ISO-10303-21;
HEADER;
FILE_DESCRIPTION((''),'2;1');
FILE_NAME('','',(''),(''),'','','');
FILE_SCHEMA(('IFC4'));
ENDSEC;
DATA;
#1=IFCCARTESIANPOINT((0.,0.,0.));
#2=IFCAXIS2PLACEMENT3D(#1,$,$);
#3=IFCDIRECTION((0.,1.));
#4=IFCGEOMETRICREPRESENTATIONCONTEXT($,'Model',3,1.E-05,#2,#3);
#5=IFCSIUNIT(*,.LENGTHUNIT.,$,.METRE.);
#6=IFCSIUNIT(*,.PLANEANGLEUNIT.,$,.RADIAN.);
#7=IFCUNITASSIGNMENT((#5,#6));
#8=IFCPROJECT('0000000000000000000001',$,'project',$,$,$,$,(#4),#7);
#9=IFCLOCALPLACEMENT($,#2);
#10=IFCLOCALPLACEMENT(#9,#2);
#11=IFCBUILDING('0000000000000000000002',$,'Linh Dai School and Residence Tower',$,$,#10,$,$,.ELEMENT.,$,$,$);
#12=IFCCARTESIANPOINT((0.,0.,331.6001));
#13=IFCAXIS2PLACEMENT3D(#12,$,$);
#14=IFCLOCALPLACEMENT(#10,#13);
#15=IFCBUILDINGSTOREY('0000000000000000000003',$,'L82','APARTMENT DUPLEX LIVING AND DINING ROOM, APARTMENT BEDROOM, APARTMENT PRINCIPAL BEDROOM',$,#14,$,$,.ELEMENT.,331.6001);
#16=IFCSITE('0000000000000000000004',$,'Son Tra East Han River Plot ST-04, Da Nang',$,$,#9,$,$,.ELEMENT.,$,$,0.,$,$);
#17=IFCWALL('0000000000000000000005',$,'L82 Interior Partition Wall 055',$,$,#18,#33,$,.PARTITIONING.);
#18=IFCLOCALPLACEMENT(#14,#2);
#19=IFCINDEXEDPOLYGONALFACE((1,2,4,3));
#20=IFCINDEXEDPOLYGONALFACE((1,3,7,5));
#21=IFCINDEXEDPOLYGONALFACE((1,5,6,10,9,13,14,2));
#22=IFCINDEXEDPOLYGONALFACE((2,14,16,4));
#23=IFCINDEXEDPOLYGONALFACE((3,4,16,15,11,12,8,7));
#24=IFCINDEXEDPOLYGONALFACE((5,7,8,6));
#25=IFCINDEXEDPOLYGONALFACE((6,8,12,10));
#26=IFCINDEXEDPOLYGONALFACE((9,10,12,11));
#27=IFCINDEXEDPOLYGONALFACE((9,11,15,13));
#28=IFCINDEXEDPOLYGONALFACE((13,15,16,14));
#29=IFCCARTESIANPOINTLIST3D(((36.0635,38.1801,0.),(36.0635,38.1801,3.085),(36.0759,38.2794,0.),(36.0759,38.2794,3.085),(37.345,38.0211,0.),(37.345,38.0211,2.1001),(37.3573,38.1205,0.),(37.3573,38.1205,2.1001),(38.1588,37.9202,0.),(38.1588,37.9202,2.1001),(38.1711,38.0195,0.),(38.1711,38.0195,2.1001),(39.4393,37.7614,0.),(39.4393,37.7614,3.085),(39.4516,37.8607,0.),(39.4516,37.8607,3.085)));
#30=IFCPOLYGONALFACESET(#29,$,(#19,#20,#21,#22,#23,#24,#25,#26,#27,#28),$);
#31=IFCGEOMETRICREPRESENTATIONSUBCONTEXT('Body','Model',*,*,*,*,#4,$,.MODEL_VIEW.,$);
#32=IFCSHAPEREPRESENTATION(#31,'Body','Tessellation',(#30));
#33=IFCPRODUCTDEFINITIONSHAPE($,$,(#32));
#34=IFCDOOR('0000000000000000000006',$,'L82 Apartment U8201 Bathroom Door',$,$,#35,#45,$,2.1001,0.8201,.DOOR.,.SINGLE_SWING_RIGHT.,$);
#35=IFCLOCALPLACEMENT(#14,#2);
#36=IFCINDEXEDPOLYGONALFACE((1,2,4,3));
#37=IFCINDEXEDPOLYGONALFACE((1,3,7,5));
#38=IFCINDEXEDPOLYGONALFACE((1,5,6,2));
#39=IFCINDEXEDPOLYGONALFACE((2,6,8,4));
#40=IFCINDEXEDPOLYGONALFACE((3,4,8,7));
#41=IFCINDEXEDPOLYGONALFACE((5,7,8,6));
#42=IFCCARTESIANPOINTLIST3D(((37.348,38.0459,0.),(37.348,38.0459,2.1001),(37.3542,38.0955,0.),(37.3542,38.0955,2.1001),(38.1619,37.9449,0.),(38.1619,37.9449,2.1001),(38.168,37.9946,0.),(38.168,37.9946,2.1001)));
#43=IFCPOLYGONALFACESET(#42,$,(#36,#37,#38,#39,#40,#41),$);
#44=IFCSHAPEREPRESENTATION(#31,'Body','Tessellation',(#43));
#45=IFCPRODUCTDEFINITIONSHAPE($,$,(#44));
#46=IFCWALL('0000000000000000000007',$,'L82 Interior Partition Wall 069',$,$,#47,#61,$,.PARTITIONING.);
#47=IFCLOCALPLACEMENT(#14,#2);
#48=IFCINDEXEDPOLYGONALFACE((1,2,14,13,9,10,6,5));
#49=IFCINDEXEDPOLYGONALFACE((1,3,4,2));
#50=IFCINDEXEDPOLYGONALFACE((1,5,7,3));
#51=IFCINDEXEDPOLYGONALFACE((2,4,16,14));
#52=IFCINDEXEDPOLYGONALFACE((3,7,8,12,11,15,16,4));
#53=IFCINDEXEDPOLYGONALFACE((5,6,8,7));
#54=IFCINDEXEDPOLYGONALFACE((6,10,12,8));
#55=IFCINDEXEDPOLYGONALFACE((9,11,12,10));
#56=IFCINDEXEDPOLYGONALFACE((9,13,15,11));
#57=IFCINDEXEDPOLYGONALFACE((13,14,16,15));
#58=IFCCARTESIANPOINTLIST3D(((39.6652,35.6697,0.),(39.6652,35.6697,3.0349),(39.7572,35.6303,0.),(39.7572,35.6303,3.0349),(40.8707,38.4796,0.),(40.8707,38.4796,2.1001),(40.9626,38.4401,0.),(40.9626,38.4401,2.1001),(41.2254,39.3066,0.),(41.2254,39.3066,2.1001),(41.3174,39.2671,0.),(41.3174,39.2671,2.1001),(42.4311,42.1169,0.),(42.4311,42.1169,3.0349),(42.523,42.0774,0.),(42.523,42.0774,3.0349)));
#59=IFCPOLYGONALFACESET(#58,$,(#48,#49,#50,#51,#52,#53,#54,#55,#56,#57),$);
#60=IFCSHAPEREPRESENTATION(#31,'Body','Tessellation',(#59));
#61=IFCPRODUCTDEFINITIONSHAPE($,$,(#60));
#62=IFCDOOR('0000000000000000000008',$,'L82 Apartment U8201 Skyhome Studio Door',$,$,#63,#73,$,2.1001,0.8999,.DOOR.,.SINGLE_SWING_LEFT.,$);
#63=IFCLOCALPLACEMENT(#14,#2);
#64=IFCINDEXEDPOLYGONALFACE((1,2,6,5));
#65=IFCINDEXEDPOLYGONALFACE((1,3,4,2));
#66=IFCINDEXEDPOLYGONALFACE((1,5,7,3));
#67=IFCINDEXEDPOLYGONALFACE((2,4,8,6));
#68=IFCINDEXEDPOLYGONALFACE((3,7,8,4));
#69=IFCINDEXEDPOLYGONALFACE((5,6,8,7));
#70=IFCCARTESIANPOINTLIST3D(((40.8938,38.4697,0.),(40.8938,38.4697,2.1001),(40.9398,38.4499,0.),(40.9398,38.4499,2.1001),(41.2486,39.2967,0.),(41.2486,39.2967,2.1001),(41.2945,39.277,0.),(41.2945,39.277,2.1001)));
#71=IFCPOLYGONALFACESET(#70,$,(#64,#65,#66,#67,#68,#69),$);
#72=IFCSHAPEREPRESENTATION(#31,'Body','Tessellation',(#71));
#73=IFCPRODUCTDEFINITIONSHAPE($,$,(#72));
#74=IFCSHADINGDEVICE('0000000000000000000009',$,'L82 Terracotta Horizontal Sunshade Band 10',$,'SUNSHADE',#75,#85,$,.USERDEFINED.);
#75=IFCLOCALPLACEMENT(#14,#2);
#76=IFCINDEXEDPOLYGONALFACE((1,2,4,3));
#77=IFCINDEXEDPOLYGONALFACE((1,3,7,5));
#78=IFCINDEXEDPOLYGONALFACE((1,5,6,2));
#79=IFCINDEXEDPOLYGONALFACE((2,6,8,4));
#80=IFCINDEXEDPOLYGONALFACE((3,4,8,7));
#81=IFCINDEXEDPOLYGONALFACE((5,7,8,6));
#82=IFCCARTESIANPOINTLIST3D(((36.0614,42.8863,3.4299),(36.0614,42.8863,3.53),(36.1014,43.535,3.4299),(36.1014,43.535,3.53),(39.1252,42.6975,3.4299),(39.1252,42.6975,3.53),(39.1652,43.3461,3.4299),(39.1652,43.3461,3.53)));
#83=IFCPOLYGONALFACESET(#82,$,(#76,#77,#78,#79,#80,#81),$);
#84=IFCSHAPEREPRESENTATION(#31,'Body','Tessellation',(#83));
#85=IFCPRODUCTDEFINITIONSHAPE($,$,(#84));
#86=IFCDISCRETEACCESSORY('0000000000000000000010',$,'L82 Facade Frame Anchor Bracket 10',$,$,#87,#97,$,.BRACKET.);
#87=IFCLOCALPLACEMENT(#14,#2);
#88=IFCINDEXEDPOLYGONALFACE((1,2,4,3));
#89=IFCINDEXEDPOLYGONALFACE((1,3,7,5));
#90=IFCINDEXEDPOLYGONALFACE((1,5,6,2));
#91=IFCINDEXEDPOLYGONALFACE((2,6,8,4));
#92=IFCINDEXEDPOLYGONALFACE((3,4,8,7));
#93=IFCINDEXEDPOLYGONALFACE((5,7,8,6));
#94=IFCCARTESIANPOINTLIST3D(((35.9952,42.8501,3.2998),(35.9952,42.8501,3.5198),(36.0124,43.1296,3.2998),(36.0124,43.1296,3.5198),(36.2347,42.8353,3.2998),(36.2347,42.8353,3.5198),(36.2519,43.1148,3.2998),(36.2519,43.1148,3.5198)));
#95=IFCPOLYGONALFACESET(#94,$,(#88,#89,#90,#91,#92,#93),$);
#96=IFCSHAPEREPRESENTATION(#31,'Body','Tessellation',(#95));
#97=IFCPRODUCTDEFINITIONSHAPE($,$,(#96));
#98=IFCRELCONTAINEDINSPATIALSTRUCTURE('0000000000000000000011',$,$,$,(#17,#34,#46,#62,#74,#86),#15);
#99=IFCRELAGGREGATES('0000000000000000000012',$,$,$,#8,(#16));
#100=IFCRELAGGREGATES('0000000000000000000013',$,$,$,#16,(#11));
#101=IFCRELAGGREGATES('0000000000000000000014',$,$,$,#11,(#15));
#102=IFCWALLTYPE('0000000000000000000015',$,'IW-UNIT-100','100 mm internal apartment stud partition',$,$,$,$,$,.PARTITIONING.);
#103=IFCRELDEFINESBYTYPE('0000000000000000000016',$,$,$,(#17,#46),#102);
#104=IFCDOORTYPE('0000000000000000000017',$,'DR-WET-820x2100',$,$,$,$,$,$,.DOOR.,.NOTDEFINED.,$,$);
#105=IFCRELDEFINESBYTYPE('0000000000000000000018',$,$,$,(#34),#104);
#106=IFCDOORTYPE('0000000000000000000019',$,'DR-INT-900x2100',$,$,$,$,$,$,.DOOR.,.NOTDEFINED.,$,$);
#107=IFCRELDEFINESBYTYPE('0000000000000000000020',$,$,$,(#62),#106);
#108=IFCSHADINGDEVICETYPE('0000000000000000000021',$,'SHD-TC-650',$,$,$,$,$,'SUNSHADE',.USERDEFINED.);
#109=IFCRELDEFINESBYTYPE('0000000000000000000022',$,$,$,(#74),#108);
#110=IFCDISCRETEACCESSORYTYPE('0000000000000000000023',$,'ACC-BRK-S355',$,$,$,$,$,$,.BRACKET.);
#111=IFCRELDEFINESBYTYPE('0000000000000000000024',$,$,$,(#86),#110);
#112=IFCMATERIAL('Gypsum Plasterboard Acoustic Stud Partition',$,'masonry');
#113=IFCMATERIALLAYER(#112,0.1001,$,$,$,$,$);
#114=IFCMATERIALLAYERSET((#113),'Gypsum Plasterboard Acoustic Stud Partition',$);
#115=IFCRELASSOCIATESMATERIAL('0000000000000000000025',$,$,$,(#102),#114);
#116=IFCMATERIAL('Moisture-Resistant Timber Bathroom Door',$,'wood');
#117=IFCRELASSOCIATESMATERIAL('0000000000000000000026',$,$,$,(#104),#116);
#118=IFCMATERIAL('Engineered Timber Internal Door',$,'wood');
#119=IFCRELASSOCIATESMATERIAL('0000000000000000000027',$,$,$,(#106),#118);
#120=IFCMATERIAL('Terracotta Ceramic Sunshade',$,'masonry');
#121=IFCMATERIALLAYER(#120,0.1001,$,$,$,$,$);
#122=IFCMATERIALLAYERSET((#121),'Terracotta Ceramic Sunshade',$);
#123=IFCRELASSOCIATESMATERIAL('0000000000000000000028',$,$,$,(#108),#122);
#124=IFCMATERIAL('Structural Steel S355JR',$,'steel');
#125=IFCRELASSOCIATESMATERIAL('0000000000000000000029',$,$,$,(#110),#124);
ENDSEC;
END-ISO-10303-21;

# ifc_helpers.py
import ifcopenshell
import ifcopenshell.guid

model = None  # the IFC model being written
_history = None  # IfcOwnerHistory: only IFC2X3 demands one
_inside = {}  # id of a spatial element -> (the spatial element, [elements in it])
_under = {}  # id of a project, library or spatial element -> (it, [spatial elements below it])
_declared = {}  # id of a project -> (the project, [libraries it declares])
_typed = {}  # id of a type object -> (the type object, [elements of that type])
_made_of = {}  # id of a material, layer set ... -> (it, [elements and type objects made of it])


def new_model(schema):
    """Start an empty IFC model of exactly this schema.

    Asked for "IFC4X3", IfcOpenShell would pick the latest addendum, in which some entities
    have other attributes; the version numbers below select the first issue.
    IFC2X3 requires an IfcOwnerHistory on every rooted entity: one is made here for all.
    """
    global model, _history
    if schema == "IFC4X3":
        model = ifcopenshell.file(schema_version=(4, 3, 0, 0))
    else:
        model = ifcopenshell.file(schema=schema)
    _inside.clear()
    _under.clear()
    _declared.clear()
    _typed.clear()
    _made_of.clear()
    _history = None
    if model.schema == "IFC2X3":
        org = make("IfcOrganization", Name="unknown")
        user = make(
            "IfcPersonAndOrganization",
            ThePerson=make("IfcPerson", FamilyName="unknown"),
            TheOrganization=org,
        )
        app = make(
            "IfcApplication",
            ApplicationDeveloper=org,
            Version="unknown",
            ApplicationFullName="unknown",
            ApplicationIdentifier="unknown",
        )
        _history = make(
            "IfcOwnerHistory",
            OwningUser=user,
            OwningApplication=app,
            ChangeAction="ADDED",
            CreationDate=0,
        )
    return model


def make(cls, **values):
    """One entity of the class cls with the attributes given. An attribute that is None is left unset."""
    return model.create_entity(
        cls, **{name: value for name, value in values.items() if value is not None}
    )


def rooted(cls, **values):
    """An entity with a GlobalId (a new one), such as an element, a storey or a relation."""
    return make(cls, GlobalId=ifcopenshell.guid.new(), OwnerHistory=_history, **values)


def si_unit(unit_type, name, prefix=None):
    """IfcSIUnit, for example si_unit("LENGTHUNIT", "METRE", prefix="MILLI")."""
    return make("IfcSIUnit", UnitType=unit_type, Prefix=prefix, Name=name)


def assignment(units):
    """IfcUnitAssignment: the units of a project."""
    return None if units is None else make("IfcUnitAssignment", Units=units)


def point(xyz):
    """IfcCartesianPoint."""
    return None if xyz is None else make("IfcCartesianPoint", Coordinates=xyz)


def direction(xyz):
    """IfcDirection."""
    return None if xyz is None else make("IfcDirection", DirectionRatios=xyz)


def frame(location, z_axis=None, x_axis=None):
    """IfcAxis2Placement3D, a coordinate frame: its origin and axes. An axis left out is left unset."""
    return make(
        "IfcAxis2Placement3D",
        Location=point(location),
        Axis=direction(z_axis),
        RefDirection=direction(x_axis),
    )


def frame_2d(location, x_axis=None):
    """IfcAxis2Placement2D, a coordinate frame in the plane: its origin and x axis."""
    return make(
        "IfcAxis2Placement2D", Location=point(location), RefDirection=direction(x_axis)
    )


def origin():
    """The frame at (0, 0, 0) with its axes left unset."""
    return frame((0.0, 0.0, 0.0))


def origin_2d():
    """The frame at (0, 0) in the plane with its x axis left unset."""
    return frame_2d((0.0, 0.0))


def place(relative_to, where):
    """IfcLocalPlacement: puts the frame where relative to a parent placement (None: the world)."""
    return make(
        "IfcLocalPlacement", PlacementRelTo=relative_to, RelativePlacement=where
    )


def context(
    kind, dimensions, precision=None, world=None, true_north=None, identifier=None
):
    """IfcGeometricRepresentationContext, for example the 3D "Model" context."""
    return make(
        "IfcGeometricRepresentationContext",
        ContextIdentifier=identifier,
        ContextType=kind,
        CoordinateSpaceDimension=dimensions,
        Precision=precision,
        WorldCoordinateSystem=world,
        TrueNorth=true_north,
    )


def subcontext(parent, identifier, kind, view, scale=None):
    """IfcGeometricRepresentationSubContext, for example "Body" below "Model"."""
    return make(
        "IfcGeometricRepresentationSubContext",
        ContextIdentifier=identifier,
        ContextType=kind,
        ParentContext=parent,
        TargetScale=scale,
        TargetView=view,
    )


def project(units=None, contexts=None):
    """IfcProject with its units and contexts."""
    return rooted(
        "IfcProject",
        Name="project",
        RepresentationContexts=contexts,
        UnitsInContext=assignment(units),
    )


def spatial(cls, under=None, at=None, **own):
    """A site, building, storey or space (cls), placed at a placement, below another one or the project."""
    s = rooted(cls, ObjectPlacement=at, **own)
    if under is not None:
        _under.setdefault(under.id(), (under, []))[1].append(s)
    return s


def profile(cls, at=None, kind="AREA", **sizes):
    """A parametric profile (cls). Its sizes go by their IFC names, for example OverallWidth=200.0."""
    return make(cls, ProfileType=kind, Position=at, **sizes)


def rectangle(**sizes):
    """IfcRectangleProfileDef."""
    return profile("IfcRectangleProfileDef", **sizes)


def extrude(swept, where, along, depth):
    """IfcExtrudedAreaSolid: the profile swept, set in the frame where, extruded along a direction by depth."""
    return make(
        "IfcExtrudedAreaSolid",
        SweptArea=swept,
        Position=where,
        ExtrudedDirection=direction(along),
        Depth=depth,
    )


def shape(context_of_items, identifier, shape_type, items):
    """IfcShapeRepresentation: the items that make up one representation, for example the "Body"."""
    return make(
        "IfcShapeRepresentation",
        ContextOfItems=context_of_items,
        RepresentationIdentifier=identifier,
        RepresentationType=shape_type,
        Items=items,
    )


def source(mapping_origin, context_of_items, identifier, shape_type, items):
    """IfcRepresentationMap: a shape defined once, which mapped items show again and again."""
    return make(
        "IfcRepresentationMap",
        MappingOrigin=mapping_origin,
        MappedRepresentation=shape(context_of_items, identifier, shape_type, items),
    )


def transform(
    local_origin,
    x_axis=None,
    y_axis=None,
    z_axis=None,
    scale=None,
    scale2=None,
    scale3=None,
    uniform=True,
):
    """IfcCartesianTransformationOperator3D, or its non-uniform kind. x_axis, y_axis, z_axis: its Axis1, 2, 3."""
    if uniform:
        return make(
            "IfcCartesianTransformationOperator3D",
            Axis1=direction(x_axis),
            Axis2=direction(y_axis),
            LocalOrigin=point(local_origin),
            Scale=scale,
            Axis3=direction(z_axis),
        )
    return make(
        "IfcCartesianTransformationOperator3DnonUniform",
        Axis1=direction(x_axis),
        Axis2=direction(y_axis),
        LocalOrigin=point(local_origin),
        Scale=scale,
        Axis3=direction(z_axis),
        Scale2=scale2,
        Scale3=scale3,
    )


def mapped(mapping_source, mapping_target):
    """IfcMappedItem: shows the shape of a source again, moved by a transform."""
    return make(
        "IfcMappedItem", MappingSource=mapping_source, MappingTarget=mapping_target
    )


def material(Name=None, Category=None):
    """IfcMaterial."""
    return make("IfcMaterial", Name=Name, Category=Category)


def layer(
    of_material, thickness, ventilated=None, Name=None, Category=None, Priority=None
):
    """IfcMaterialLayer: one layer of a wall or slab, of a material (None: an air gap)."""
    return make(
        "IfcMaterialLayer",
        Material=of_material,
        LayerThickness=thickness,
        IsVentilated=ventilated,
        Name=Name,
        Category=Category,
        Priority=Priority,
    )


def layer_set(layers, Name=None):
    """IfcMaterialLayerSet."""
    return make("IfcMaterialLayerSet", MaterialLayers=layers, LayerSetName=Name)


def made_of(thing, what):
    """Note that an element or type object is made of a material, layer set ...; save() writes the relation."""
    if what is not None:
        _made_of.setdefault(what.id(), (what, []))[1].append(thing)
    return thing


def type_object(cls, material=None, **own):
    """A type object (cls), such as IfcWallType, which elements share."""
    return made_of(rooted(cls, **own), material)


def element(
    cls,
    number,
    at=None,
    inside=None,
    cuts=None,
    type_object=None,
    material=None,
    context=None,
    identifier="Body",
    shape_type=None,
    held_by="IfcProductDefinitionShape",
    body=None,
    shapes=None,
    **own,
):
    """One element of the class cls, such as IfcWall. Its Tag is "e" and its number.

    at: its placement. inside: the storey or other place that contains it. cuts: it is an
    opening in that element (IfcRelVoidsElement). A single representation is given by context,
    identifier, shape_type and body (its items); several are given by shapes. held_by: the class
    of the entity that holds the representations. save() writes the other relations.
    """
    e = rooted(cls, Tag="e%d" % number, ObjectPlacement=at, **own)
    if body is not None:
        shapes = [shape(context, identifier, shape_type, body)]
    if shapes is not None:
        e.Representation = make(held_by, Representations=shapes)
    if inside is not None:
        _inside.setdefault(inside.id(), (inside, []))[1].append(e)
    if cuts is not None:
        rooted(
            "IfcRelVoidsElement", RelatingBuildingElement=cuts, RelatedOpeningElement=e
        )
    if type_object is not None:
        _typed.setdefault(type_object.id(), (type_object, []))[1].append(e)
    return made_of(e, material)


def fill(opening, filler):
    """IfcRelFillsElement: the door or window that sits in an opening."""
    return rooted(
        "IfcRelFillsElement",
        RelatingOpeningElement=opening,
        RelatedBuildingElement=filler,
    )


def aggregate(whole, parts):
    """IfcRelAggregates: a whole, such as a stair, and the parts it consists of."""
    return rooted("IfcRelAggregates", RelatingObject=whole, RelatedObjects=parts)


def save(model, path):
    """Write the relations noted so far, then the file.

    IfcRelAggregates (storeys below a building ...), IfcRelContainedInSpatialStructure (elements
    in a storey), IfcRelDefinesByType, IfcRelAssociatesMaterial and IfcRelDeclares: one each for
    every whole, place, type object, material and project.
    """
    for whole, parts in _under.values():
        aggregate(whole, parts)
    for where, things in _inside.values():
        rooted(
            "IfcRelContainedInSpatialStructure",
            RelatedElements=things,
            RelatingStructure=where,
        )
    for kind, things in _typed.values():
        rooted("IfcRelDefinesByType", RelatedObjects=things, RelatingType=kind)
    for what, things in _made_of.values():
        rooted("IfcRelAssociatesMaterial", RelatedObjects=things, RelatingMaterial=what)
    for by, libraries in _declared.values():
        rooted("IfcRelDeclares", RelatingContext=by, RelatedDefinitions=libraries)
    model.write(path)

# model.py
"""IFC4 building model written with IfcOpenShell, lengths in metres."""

from ifc_helpers import new_model, si_unit, direction, frame, frame_2d, origin, origin_2d, place, context, subcontext, project, spatial, rectangle, extrude, source, transform, mapped, material, layer, layer_set, type_object, element, fill, save


model = new_model("IFC4")

# Units and contexts
model_context = context("Model", 3, precision=1e-05, world=origin(), true_north=direction((0.0, 1.0)))
body_context = subcontext(model_context, "Body", "Model", "MODEL_VIEW")
ifc_project = project(units=[si_unit("LENGTHUNIT", "METRE"), si_unit("PLANEANGLEUNIT", "RADIAN")], contexts=[model_context])

# Site, building, storey
site_placement = place(None, origin())
site = spatial("IfcSite", under=ifc_project, at=site_placement, Name="Son Tra East Han River Plot ST-04, Da Nang", CompositionType="ELEMENT", RefElevation=0.0)
building_placement = place(site_placement, origin())
building = spatial("IfcBuilding", under=site, at=building_placement, Name="Linh Dai School and Residence Tower", CompositionType="ELEMENT")
storey_placement = place(building_placement, frame((0.0, 0.0, 331.6001)))
storey = spatial("IfcBuildingStorey", under=building, at=storey_placement, Name="L82", Description="APARTMENT DUPLEX LIVING AND DINING ROOM, APARTMENT BEDROOM, APARTMENT PRINCIPAL BEDROOM", CompositionType="ELEMENT", Elevation=331.6001)

# Shared definitions
ifc_material_1 = material(Name="Structural Steel S355JR", Category="steel")

# Walls, openings, doors
ifc_material_2 = material(Name="Gypsum Plasterboard Acoustic Stud Partition", Category="masonry")
ifc_layer_1 = layer(ifc_material_2, 0.1001)
ifc_layer_set_1 = layer_set([ifc_layer_1], Name="Gypsum Plasterboard Acoustic Stud Partition")
wall_type_1 = type_object("IfcWallType", Name="IW-UNIT-100", Description="100 mm internal apartment stud partition", PredefinedType="PARTITIONING", material=ifc_layer_set_1)
wall_1_placement = place(storey_placement, frame((36.0698, 38.2297, 0.0), z_axis=(0.0, 0.0, 1.0), x_axis=(0.992396, -0.123089, 0.0)))
wall_1 = element("IfcWall", 1, at=wall_1_placement, inside=storey, type_object=wall_type_1, Name="L82 Interior Partition Wall 055", PredefinedType="PARTITIONING", context=body_context, shape_type="SweptSolid", body=[
    extrude(rectangle(XDim=3.4016, YDim=0.1001, at=frame_2d((1.7007, 0.0))), origin(), (0.0, 0.0, 1.0), 3.085),
])
opening_1_placement = place(wall_1_placement, frame((1.291, 0.0, 0.0)))
opening_1 = element("IfcOpeningElement", 2, at=opening_1_placement, cuts=wall_1, PredefinedType="OPENING", context=body_context, shape_type="SweptSolid", body=[
    extrude(rectangle(XDim=0.8201, YDim=2.1001, at=origin_2d()), frame((0.4102, 0.0601, 1.05), z_axis=(0.0, -1.0, 0.0), x_axis=(1.0, 0.0, 0.0)), (0.0, 0.0, 1.0), 0.1201),
])
ifc_material_3 = material(Name="Moisture-Resistant Timber Bathroom Door", Category="wood")
door_type_1 = type_object("IfcDoorType", Name="DR-WET-820x2100", OperationType="NOTDEFINED", PredefinedType="DOOR", material=ifc_material_3)
shared_shape_1 = source(origin(), body_context, "Body", "SweptSolid", [
    extrude(rectangle(XDim=0.8201, YDim=2.1001, at=origin_2d()), frame((0.4102, 0.0249, 1.05), z_axis=(0.0, -1.0, 0.0), x_axis=(1.0, 0.0, 0.0)), (0.0, 0.0, 1.0), 0.05),
])
door_1_placement = place(opening_1_placement, origin())
door_1 = element("IfcDoor", 3, at=door_1_placement, inside=storey, type_object=door_type_1, Name="L82 Apartment U8201 Bathroom Door", OperationType="SINGLE_SWING_RIGHT", OverallHeight=2.1001, OverallWidth=0.8201, PredefinedType="DOOR", context=body_context, shape_type="MappedRepresentation", body=[
    mapped(shared_shape_1, transform((0.0, 0.0, 0.0), x_axis=(1.0, 0.0, 0.0), y_axis=(0.0, 1.0, 0.0), z_axis=(0.0, 0.0, 1.0), scale=1.0)),
])
fill(opening_1, door_1)
wall_2_placement = place(storey_placement, frame((39.7112, 35.6499, 0.0), z_axis=(0.0, 0.0, 1.0), x_axis=(0.394251, 0.919003, 0.0)))
wall_2 = element("IfcWall", 4, at=wall_2_placement, inside=storey, type_object=wall_type_1, Name="L82 Interior Partition Wall 069", PredefinedType="PARTITIONING", context=body_context, shape_type="SweptSolid", body=[
    extrude(rectangle(XDim=7.0154, YDim=0.1001, at=frame_2d((3.5078, 0.0))), origin(), (0.0, 0.0, 1.0), 3.0349),
])
opening_2_placement = place(wall_2_placement, frame((3.0576, 0.0, 0.0)))
opening_2 = element("IfcOpeningElement", 5, at=opening_2_placement, cuts=wall_2, PredefinedType="OPENING", context=body_context, shape_type="SweptSolid", body=[
    extrude(rectangle(XDim=0.8999, YDim=2.1001, at=origin_2d()), frame((0.45, 0.0601, 1.05), z_axis=(0.0, -1.0, 0.0), x_axis=(1.0, 0.0, 0.0)), (0.0, 0.0, 1.0), 0.1201),
])
ifc_material_4 = material(Name="Engineered Timber Internal Door", Category="wood")
door_type_2 = type_object("IfcDoorType", Name="DR-INT-900x2100", OperationType="NOTDEFINED", PredefinedType="DOOR", material=ifc_material_4)
shared_shape_2 = source(origin(), body_context, "Body", "SweptSolid", [
    extrude(rectangle(XDim=0.8999, YDim=2.1001, at=origin_2d()), frame((0.45, 0.0249, 1.05), z_axis=(0.0, -1.0, 0.0), x_axis=(1.0, 0.0, 0.0)), (0.0, 0.0, 1.0), 0.05),
])
door_2_placement = place(opening_2_placement, origin())
door_2 = element("IfcDoor", 6, at=door_2_placement, inside=storey, type_object=door_type_2, Name="L82 Apartment U8201 Skyhome Studio Door", OperationType="SINGLE_SWING_LEFT", OverallHeight=2.1001, OverallWidth=0.8999, PredefinedType="DOOR", context=body_context, shape_type="MappedRepresentation", body=[
    mapped(shared_shape_2, transform((0.0, 0.0, 0.0), x_axis=(1.0, 0.0, 0.0), y_axis=(0.0, 1.0, 0.0), z_axis=(0.0, 0.0, 1.0), scale=1.0)),
])
fill(opening_2, door_2)

# Shading device
ifc_material_5 = material(Name="Terracotta Ceramic Sunshade", Category="masonry")
ifc_layer_2 = layer(ifc_material_5, 0.1001)
ifc_layer_set_2 = layer_set([ifc_layer_2], Name="Terracotta Ceramic Sunshade")
shading_device_type = type_object("IfcShadingDeviceType", Name="SHD-TC-650", ElementType="SUNSHADE", PredefinedType="USERDEFINED", material=ifc_layer_set_2)
shared_shape_3 = source(origin(), body_context, "Body", "SweptSolid", [
    extrude(rectangle(XDim=3.0696, YDim=0.6499, at=origin_2d()), origin(), (0.0, 0.0, 1.0), 0.1001),
])
shading_device_placement = place(storey_placement, frame((37.6133, 43.1162, 3.4299), z_axis=(0.0, 0.0, 1.0), x_axis=(0.998106, -0.061518, 0.0)))
element("IfcShadingDevice", 7, at=shading_device_placement, inside=storey, type_object=shading_device_type, Name="L82 Terracotta Horizontal Sunshade Band 10", ObjectType="SUNSHADE", PredefinedType="USERDEFINED", context=body_context, shape_type="MappedRepresentation", body=[
    mapped(shared_shape_3, transform((0.0, 0.0, 0.0), x_axis=(1.0, 0.0, 0.0), y_axis=(0.0, 1.0, 0.0), z_axis=(0.0, 0.0, 1.0), scale=1.0)),
])

# Discrete accessory
discrete_accessory_type = type_object("IfcDiscreteAccessoryType", Name="ACC-BRK-S355", PredefinedType="BRACKET", material=ifc_material_1)
shared_shape_4 = source(origin(), body_context, "Body", "SweptSolid", [
    extrude(rectangle(XDim=0.28, YDim=0.24, at=origin_2d()), origin(), (0.0, 0.0, 1.0), 0.22),
])
discrete_accessory_placement = place(storey_placement, frame((36.1235, 42.9824, 3.2998), z_axis=(0.0, 0.0, 1.0), x_axis=(0.061518, 0.998106, 0.0)))
element("IfcDiscreteAccessory", 8, at=discrete_accessory_placement, inside=storey, type_object=discrete_accessory_type, Name="L82 Facade Frame Anchor Bracket 10", PredefinedType="BRACKET", context=body_context, shape_type="MappedRepresentation", body=[
    mapped(shared_shape_4, transform((0.0, 0.0, 0.0), x_axis=(1.0, 0.0, 0.0), y_axis=(0.0, 1.0, 0.0), z_axis=(0.0, 0.0, 1.0), scale=1.0)),
])

save(model, "model.ifc")
